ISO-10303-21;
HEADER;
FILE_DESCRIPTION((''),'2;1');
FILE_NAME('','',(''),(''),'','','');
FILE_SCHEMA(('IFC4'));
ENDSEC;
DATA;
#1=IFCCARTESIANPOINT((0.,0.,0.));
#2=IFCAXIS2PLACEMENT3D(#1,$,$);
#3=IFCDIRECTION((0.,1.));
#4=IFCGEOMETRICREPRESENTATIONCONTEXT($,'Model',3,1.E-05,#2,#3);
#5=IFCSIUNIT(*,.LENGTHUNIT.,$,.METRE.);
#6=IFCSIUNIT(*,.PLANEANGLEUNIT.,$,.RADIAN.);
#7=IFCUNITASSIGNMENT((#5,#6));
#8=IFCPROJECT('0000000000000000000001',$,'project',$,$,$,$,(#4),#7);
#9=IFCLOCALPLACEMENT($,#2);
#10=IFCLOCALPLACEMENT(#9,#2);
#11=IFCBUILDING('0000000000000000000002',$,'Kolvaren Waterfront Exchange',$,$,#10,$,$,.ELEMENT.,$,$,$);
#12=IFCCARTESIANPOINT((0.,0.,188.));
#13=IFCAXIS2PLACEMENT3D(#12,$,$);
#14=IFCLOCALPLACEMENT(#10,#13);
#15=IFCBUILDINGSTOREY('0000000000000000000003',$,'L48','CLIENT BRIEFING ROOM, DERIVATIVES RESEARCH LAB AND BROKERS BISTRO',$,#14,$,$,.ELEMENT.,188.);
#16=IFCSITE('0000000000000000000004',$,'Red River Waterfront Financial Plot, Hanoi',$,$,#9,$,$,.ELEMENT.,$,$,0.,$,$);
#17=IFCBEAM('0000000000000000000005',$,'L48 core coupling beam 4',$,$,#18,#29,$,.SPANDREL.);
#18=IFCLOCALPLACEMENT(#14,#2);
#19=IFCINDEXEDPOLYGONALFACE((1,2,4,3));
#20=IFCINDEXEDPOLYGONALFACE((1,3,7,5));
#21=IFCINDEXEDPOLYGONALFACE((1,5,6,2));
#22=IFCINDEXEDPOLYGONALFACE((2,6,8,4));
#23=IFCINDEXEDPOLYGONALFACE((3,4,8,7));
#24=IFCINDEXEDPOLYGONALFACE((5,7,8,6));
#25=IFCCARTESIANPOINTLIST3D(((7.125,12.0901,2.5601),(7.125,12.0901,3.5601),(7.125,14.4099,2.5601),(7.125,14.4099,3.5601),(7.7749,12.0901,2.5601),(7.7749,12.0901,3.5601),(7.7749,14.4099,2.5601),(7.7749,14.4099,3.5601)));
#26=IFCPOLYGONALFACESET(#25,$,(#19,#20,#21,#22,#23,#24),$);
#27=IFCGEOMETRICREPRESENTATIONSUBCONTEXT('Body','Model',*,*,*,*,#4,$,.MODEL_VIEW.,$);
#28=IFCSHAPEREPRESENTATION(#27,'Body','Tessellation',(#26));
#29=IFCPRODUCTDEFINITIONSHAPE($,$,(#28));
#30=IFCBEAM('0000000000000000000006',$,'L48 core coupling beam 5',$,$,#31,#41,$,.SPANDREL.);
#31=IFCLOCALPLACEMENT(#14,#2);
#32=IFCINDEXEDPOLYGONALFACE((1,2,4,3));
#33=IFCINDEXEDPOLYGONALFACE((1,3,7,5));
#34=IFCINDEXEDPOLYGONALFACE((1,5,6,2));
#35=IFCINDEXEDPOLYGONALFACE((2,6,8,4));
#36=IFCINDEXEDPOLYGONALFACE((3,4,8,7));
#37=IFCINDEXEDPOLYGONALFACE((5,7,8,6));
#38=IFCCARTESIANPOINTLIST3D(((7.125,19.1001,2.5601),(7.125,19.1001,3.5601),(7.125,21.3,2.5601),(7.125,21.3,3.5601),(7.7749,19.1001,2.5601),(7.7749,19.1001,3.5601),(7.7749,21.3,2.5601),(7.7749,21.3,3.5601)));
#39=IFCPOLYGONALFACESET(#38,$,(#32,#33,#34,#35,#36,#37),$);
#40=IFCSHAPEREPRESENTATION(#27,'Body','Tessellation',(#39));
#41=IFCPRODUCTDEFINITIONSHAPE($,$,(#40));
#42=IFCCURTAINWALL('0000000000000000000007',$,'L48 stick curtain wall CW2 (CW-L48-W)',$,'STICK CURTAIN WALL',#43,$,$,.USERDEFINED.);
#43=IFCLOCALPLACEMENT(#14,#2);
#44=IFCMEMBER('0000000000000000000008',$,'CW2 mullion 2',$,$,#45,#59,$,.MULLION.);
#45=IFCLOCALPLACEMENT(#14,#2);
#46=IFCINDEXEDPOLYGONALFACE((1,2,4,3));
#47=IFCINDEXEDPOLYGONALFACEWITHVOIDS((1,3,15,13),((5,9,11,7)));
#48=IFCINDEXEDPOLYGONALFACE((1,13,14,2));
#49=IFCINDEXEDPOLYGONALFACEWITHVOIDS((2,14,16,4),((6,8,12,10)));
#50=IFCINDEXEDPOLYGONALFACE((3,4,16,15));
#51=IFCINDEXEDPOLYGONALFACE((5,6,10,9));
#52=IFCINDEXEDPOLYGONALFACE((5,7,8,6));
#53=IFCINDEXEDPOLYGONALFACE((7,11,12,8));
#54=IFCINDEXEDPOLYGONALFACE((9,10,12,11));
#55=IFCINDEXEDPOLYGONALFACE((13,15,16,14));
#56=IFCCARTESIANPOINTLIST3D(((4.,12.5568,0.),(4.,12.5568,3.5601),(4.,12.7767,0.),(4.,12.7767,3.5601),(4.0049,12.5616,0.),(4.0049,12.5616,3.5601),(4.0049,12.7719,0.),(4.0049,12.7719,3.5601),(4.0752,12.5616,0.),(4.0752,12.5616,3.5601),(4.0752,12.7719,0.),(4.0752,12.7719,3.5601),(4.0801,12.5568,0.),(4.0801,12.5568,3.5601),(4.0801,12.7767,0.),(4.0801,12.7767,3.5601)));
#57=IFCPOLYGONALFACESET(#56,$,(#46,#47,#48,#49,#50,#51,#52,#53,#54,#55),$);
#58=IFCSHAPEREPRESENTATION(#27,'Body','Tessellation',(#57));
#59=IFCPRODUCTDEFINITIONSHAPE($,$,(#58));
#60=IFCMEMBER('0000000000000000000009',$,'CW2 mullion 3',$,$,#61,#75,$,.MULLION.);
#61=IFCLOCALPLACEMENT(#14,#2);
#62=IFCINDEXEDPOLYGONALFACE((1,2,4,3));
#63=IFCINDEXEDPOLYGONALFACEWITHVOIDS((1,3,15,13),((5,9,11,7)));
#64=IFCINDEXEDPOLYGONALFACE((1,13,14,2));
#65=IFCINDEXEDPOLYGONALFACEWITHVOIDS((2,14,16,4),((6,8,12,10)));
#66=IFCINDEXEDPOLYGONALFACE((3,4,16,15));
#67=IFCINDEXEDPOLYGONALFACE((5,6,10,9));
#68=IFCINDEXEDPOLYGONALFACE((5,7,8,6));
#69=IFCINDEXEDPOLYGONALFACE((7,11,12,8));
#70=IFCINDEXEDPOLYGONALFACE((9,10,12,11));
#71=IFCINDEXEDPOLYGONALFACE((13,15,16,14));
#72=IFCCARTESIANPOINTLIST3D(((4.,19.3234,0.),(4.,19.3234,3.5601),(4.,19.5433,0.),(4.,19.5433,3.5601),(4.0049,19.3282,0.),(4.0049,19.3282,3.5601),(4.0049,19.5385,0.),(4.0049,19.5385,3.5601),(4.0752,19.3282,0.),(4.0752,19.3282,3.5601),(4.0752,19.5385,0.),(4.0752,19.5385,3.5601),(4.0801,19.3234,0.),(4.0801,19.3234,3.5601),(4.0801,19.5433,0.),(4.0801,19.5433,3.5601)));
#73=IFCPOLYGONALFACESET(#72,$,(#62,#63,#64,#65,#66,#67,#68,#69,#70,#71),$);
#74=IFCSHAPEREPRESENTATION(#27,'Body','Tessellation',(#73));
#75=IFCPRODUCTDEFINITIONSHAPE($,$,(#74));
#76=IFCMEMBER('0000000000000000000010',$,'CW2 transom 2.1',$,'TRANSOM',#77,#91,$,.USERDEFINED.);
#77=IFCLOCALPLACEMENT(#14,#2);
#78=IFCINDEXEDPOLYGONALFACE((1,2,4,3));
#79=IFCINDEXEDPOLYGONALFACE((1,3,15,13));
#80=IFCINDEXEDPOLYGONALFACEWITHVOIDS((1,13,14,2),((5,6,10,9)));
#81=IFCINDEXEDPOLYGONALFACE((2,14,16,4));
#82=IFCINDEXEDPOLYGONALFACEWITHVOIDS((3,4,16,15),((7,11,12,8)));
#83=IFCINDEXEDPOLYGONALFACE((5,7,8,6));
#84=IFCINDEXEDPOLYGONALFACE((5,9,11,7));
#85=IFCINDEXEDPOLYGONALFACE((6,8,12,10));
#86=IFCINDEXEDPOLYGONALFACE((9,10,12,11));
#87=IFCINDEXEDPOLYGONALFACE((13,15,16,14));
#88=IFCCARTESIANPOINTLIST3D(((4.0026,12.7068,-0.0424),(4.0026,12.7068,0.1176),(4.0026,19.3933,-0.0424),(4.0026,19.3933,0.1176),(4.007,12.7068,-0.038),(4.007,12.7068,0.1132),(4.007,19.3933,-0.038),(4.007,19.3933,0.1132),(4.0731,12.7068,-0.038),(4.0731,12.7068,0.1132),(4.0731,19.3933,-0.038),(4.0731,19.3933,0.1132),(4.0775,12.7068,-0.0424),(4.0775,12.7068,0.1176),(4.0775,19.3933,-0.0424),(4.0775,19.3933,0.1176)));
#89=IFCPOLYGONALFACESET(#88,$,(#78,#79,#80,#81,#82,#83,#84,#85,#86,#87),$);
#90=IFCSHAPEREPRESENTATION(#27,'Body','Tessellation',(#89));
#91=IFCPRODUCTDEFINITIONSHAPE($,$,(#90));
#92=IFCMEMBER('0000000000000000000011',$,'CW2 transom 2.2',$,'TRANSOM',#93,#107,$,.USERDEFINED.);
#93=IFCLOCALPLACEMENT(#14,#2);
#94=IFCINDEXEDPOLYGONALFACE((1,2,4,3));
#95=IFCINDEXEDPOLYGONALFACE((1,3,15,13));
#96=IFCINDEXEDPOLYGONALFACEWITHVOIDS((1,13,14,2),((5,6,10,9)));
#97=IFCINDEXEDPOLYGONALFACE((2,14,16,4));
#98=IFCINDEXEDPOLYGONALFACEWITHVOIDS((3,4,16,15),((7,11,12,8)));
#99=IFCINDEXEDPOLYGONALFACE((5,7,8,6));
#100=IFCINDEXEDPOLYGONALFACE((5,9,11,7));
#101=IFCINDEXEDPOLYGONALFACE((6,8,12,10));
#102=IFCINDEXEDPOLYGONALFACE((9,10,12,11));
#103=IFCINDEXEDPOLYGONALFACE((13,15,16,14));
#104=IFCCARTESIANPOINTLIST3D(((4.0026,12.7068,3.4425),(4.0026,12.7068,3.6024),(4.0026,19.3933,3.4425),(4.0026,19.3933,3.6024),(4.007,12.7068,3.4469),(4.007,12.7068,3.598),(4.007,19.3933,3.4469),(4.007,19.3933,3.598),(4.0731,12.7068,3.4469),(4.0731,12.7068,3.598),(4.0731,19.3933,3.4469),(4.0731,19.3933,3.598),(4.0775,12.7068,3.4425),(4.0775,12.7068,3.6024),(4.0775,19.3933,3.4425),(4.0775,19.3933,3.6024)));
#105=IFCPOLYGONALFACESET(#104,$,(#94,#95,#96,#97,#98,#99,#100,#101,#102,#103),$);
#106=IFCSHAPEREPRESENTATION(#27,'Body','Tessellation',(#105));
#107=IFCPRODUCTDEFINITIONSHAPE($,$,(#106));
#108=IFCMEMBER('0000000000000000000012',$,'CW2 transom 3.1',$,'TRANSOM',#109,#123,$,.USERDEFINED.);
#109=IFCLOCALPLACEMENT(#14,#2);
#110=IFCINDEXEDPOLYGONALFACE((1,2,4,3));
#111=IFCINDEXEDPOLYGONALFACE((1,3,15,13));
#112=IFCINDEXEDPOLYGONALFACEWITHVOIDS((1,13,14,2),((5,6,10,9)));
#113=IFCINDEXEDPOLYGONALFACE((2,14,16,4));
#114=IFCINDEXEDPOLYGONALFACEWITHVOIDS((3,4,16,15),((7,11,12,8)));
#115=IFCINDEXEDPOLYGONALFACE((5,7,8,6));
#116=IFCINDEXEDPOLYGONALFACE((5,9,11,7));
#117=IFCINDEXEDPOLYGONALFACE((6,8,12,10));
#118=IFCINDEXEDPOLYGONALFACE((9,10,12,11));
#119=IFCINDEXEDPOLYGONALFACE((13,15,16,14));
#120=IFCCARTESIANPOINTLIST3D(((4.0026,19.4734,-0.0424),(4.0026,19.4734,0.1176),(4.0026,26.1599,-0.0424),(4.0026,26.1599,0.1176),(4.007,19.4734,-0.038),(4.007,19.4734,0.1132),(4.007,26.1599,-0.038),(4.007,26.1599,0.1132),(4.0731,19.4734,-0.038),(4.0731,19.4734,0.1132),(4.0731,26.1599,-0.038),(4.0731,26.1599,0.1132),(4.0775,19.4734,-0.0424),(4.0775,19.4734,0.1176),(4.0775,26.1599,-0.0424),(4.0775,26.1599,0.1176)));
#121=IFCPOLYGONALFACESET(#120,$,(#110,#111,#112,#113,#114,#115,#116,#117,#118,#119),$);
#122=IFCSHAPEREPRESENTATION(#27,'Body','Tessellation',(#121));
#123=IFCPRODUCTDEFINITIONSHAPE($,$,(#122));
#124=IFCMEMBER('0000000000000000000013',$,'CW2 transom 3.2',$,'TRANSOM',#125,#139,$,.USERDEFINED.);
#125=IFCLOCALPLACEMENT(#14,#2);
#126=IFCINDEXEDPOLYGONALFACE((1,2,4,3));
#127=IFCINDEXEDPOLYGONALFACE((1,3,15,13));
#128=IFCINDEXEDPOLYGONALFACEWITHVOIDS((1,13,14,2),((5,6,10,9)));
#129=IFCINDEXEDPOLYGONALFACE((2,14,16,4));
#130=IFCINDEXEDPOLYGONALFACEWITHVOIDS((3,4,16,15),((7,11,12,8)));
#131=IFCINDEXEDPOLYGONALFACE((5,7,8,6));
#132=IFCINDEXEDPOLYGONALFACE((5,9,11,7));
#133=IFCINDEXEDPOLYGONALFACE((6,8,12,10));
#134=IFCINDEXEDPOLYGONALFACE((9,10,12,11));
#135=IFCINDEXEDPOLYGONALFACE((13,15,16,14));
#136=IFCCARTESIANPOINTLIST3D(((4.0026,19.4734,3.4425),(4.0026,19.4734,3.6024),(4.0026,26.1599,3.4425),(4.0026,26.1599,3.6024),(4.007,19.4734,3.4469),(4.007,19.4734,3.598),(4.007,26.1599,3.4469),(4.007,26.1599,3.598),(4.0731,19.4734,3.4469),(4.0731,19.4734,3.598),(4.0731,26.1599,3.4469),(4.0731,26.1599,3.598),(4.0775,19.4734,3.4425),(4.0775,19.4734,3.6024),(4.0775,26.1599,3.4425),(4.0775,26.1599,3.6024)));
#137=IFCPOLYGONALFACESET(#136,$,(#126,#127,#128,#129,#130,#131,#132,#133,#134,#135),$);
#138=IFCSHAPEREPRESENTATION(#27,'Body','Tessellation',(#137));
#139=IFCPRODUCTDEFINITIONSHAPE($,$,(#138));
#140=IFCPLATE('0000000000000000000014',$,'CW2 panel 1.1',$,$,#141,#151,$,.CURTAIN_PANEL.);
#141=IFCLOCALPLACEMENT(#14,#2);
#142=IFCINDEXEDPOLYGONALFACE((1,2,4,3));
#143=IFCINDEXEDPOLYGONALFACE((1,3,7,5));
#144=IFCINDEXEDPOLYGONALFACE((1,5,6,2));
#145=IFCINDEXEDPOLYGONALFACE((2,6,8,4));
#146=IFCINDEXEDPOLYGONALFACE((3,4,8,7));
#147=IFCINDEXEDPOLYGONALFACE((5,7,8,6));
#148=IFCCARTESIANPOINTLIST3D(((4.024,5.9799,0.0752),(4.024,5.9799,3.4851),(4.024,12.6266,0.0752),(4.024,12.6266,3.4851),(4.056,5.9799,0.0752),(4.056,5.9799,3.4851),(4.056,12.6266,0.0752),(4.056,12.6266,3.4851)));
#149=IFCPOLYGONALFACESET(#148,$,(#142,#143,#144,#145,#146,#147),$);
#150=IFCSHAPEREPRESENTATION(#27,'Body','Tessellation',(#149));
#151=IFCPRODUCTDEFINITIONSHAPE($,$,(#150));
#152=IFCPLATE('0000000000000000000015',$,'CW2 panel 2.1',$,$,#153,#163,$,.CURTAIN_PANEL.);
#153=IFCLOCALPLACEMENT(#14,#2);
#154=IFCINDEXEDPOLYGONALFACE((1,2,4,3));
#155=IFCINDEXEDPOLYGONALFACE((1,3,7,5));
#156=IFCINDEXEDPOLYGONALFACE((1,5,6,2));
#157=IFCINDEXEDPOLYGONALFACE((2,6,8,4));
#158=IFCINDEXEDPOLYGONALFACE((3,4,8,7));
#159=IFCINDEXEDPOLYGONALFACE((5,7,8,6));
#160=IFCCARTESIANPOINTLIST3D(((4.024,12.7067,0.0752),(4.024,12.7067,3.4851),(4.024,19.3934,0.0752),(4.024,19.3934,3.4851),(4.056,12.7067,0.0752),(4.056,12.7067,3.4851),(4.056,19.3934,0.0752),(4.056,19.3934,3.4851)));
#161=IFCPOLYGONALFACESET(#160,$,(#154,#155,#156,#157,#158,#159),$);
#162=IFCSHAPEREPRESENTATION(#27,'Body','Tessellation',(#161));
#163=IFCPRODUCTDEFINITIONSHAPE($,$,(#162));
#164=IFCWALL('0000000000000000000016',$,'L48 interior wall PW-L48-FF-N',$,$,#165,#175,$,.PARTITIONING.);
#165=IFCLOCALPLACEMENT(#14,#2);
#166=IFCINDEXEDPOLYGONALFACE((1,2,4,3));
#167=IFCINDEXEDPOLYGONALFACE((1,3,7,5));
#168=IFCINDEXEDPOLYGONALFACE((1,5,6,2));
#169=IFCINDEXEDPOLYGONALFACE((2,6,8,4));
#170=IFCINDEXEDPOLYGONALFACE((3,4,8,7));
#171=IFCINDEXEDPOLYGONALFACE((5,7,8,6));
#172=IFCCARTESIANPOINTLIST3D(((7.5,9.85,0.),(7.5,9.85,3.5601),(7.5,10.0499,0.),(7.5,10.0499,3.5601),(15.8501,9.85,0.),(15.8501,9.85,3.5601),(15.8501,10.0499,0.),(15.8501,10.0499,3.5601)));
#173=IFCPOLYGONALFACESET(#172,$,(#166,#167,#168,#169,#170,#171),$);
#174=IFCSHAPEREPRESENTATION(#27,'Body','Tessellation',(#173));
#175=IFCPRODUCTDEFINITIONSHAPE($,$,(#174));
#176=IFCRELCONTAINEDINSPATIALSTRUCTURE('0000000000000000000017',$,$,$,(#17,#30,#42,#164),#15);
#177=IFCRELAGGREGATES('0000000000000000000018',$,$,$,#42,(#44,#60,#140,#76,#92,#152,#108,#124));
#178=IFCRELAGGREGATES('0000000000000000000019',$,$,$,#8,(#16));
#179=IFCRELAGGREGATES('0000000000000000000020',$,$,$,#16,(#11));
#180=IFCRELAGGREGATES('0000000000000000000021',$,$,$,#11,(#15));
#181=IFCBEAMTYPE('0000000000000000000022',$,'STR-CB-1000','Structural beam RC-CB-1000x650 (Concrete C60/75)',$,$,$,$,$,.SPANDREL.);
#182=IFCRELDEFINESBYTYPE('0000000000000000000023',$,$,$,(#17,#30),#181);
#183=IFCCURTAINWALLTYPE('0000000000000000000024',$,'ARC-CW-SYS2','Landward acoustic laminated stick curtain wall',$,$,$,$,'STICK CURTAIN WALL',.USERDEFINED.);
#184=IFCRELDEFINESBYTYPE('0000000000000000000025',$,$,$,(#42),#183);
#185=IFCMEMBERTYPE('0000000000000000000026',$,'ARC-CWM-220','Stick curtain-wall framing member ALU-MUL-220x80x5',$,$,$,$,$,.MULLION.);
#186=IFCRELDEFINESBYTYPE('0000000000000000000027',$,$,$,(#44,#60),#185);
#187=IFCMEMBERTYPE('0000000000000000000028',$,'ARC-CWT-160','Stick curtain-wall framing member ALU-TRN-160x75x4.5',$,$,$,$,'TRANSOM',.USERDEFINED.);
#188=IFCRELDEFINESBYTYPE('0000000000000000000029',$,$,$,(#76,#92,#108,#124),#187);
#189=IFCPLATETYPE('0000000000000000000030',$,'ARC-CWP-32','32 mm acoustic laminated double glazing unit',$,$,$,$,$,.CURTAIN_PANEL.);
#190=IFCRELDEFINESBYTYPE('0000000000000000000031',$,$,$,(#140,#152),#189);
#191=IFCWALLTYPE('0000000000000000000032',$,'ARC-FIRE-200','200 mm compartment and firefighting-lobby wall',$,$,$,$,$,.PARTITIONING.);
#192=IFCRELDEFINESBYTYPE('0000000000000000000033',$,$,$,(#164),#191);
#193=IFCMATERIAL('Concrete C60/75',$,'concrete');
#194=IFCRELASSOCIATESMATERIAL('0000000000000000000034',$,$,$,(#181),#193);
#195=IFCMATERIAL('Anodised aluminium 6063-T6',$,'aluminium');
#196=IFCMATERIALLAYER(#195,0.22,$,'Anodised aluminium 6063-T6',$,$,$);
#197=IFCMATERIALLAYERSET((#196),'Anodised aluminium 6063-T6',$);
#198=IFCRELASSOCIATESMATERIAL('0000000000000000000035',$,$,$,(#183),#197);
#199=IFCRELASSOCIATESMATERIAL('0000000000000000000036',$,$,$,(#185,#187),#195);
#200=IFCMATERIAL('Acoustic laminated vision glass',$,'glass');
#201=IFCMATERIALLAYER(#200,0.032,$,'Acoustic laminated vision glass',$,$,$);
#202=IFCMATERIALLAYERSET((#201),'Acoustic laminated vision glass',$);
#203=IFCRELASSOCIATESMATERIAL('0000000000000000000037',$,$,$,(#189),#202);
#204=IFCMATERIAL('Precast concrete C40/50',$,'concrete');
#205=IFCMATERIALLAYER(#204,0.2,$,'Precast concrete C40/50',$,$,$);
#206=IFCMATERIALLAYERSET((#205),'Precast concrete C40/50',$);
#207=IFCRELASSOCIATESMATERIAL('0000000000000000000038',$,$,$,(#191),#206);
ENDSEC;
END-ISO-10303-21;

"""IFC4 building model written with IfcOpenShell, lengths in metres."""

from ifc_helpers import new_model, si_unit, direction, frame, frame_2d, origin, origin_with_axes, origin_2d, place, context, subcontext, project, spatial, rectangle, hollow_rectangle, extrude, source, transform, mapped, material, layer, layer_set, material_profile, profile_set, type_object, element, aggregate, save


model = new_model("IFC4")

# Units and contexts
model_context = context("Model", 3, precision=1e-05, world=origin(), true_north=direction((0.0, 1.0)))
body_context = subcontext(model_context, "Body", "Model", "MODEL_VIEW")
ifc_project = project(units=[si_unit("LENGTHUNIT", "METRE"), si_unit("PLANEANGLEUNIT", "RADIAN")], contexts=[model_context])

# Site, building, storey
site_placement = place(None, origin())
site = spatial("IfcSite", under=ifc_project, at=site_placement, Name="Red River Waterfront Financial Plot, Hanoi", CompositionType="ELEMENT", RefElevation=0.0)
building_placement = place(site_placement, origin())
building = spatial("IfcBuilding", under=site, at=building_placement, Name="Kolvaren Waterfront Exchange", CompositionType="ELEMENT")
storey_placement = place(building_placement, frame((0.0, 0.0, 188.0)))
storey = spatial("IfcBuildingStorey", under=building, at=storey_placement, Name="L48", Description="CLIENT BRIEFING ROOM, DERIVATIVES RESEARCH LAB AND BROKERS BISTRO", CompositionType="ELEMENT", Elevation=188.0)

# Beams
ifc_material_1 = material(Name="Concrete C60/75", Category="concrete")
ifc_material_profile_1 = material_profile(ifc_material_1, rectangle(XDim=0.6499, YDim=1.0, at=origin_2d()), Name="RC-CB-1000x650")
ifc_profile_set_1 = profile_set([ifc_material_profile_1], Name="Concrete C60/75")
beam_type = type_object("IfcBeamType", Name="STR-CB-1000", Description="Structural beam RC-CB-1000x650 (Concrete C60/75)", PredefinedType="SPANDREL", material=ifc_profile_set_1)
beam_1_placement = place(storey_placement, frame((7.45, 12.0901, 3.0601), z_axis=(0.0, 1.0, 0.0), x_axis=(-1.0, 0.0, 0.0)))
element("IfcBeam", 1, at=beam_1_placement, inside=storey, type_object=beam_type, Name="L48 core coupling beam 4", PredefinedType="SPANDREL", context=body_context, shape_type="SweptSolid", body=[
    extrude(rectangle(XDim=0.6499, YDim=1.0, at=origin_2d()), origin(), (0.0, 0.0, 1.0), 2.3198),
])
beam_2_placement = place(storey_placement, frame((7.45, 19.1001, 3.0601), z_axis=(0.0, 1.0, 0.0), x_axis=(-1.0, 0.0, 0.0)))
element("IfcBeam", 2, at=beam_2_placement, inside=storey, type_object=beam_type, Name="L48 core coupling beam 5", PredefinedType="SPANDREL", context=body_context, shape_type="SweptSolid", body=[
    extrude(rectangle(XDim=0.6499, YDim=1.0, at=origin_2d()), origin(), (0.0, 0.0, 1.0), 2.2),
])

# Curtain wall, members, plates
ifc_material_2 = material(Name="Anodised aluminium 6063-T6", Category="aluminium")
ifc_layer_1 = layer(ifc_material_2, 0.22, Name="Anodised aluminium 6063-T6")
ifc_layer_set_1 = layer_set([ifc_layer_1], Name="Anodised aluminium 6063-T6")
curtain_wall_type = type_object("IfcCurtainWallType", Name="ARC-CW-SYS2", Description="Landward acoustic laminated stick curtain wall", ElementType="STICK CURTAIN WALL", PredefinedType="USERDEFINED", material=ifc_layer_set_1)
curtain_wall_placement = place(storey_placement, origin())
curtain_wall = element("IfcCurtainWall", 3, at=curtain_wall_placement, inside=storey, type_object=curtain_wall_type, Name="L48 stick curtain wall CW2 (CW-L48-W)", ObjectType="STICK CURTAIN WALL", PredefinedType="USERDEFINED")
ifc_material_profile_2 = material_profile(ifc_material_2, hollow_rectangle(XDim=0.0801, YDim=0.22, WallThickness=0.0049, at=origin_2d()), Name="ALU-MUL-220x80x5")
ifc_profile_set_2 = profile_set([ifc_material_profile_2], Name="Anodised aluminium 6063-T6")
member_type_1 = type_object("IfcMemberType", Name="ARC-CWM-220", Description="Stick curtain-wall framing member ALU-MUL-220x80x5", PredefinedType="MULLION", material=ifc_profile_set_2)
shared_shape_1 = source(origin_with_axes(), body_context, "Body", "SweptSolid", [
    extrude(hollow_rectangle(XDim=0.0801, YDim=0.22, WallThickness=0.0049, at=origin_2d()), origin(), (0.0, 0.0, 1.0), 3.5601),
])
member_1_placement = place(storey_placement, frame((4.04, 12.6667, 0.0), z_axis=(0.0, 0.0, 1.0), x_axis=(-1.0, 0.0, 0.0)))
member_1 = element("IfcMember", 4, at=member_1_placement, type_object=member_type_1, Name="CW2 mullion 2", PredefinedType="MULLION", context=body_context, shape_type="MappedRepresentation", body=[
    mapped(shared_shape_1, transform((0.0, 0.0, 0.0), x_axis=(1.0, 0.0, 0.0), y_axis=(0.0, 1.0, 0.0), z_axis=(0.0, 0.0, 1.0), scale=1.0)),
])
member_2_placement = place(storey_placement, frame((4.04, 19.4333, 0.0), z_axis=(0.0, 0.0, 1.0), x_axis=(-1.0, 0.0, 0.0)))
member_2 = element("IfcMember", 5, at=member_2_placement, type_object=member_type_1, Name="CW2 mullion 3", PredefinedType="MULLION", context=body_context, shape_type="MappedRepresentation", body=[
    mapped(shared_shape_1, transform((0.0, 0.0, 0.0), x_axis=(1.0, 0.0, 0.0), y_axis=(0.0, 1.0, 0.0), z_axis=(0.0, 0.0, 1.0), scale=1.0)),
])
ifc_material_profile_3 = material_profile(ifc_material_2, hollow_rectangle(XDim=0.075, YDim=0.1599, WallThickness=0.0044, at=origin_2d()), Name="ALU-TRN-160x75x4.5")
ifc_profile_set_3 = profile_set([ifc_material_profile_3], Name="Anodised aluminium 6063-T6")
member_type_2 = type_object("IfcMemberType", Name="ARC-CWT-160", Description="Stick curtain-wall framing member ALU-TRN-160x75x4.5", ElementType="TRANSOM", PredefinedType="USERDEFINED", material=ifc_profile_set_3)
shared_shape_2 = source(origin_with_axes(), body_context, "Body", "SweptSolid", [
    extrude(hollow_rectangle(XDim=0.075, YDim=0.1599, WallThickness=0.0044, at=origin_2d()), origin(), (0.0, 0.0, 1.0), 6.6865),
])
member_3_placement = place(storey_placement, frame((4.04, 12.7068, 0.0376), z_axis=(0.0, 1.0, 0.0), x_axis=(-1.0, 0.0, 0.0)))
member_3 = element("IfcMember", 6, at=member_3_placement, type_object=member_type_2, Name="CW2 transom 2.1", ObjectType="TRANSOM", PredefinedType="USERDEFINED", context=body_context, shape_type="MappedRepresentation", body=[
    mapped(shared_shape_2, transform((0.0, 0.0, 0.0), x_axis=(1.0, 0.0, 0.0), y_axis=(0.0, 1.0, 0.0), z_axis=(0.0, 0.0, 1.0), scale=1.0)),
])
member_4_placement = place(storey_placement, frame((4.04, 12.7068, 3.5225), z_axis=(0.0, 1.0, 0.0), x_axis=(-1.0, 0.0, 0.0)))
member_4 = element("IfcMember", 7, at=member_4_placement, type_object=member_type_2, Name="CW2 transom 2.2", ObjectType="TRANSOM", PredefinedType="USERDEFINED", context=body_context, shape_type="MappedRepresentation", body=[
    mapped(shared_shape_2, transform((0.0, 0.0, 0.0), x_axis=(1.0, 0.0, 0.0), y_axis=(0.0, 1.0, 0.0), z_axis=(0.0, 0.0, 1.0), scale=1.0)),
])
member_5_placement = place(storey_placement, frame((4.04, 19.4734, 0.0376), z_axis=(0.0, 1.0, 0.0), x_axis=(-1.0, 0.0, 0.0)))
member_5 = element("IfcMember", 8, at=member_5_placement, type_object=member_type_2, Name="CW2 transom 3.1", ObjectType="TRANSOM", PredefinedType="USERDEFINED", context=body_context, shape_type="MappedRepresentation", body=[
    mapped(shared_shape_2, transform((0.0, 0.0, 0.0), x_axis=(1.0, 0.0, 0.0), y_axis=(0.0, 1.0, 0.0), z_axis=(0.0, 0.0, 1.0), scale=1.0)),
])
member_6_placement = place(storey_placement, frame((4.04, 19.4734, 3.5225), z_axis=(0.0, 1.0, 0.0), x_axis=(-1.0, 0.0, 0.0)))
member_6 = element("IfcMember", 9, at=member_6_placement, type_object=member_type_2, Name="CW2 transom 3.2", ObjectType="TRANSOM", PredefinedType="USERDEFINED", context=body_context, shape_type="MappedRepresentation", body=[
    mapped(shared_shape_2, transform((0.0, 0.0, 0.0), x_axis=(1.0, 0.0, 0.0), y_axis=(0.0, 1.0, 0.0), z_axis=(0.0, 0.0, 1.0), scale=1.0)),
])
ifc_material_3 = material(Name="Acoustic laminated vision glass", Category="glass")
ifc_layer_2 = layer(ifc_material_3, 0.032, Name="Acoustic laminated vision glass")
ifc_layer_set_2 = layer_set([ifc_layer_2], Name="Acoustic laminated vision glass")
plate_type = type_object("IfcPlateType", Name="ARC-CWP-32", Description="32 mm acoustic laminated double glazing unit", PredefinedType="CURTAIN_PANEL", material=ifc_layer_set_2)
shared_shape_3 = source(origin_with_axes(), body_context, "Body", "SweptSolid", [
    extrude(rectangle(XDim=6.6467, YDim=0.032, at=origin_2d()), origin(), (0.0, 0.0, 1.0), 3.4099),
])
plate_1_placement = place(storey_placement, frame((4.04, 9.3032, 0.0752), z_axis=(0.0, 0.0, 1.0), x_axis=(0.0, 1.0, 0.0)))
plate_1 = element("IfcPlate", 10, at=plate_1_placement, type_object=plate_type, Name="CW2 panel 1.1", PredefinedType="CURTAIN_PANEL", context=body_context, shape_type="MappedRepresentation", body=[
    mapped(shared_shape_3, transform((0.0, 0.0, 0.0), x_axis=(1.0, 0.0, 0.0), y_axis=(0.0, 1.0, 0.0), z_axis=(0.0, 0.0, 1.0), scale=1.0)),
])
shared_shape_4 = source(origin_with_axes(), body_context, "Body", "SweptSolid", [
    extrude(rectangle(XDim=6.6868, YDim=0.032, at=origin_2d()), origin(), (0.0, 0.0, 1.0), 3.4099),
])
plate_2_placement = place(storey_placement, frame((4.04, 16.05, 0.0752), z_axis=(0.0, 0.0, 1.0), x_axis=(0.0, 1.0, 0.0)))
plate_2 = element("IfcPlate", 11, at=plate_2_placement, type_object=plate_type, Name="CW2 panel 2.1", PredefinedType="CURTAIN_PANEL", context=body_context, shape_type="MappedRepresentation", body=[
    mapped(shared_shape_4, transform((0.0, 0.0, 0.0), x_axis=(1.0, 0.0, 0.0), y_axis=(0.0, 1.0, 0.0), z_axis=(0.0, 0.0, 1.0), scale=1.0)),
])
aggregate(curtain_wall, [member_1, member_2, plate_1, member_3, member_4, plate_2, member_5, member_6])

# Wall
ifc_material_4 = material(Name="Precast concrete C40/50", Category="concrete")
ifc_layer_3 = layer(ifc_material_4, 0.2, Name="Precast concrete C40/50")
ifc_layer_set_3 = layer_set([ifc_layer_3], Name="Precast concrete C40/50")
wall_type_1 = type_object("IfcWallType", Name="ARC-FIRE-200", Description="200 mm compartment and firefighting-lobby wall", PredefinedType="PARTITIONING", material=ifc_layer_set_3)
wall_1_placement = place(storey_placement, frame((7.5, 9.95, 0.0), z_axis=(0.0, 0.0, 1.0), x_axis=(1.0, 0.0, 0.0)))
element("IfcWall", 12, at=wall_1_placement, inside=storey, type_object=wall_type_1, Name="L48 interior wall PW-L48-FF-N", PredefinedType="PARTITIONING", context=body_context, shape_type="SweptSolid", body=[
    extrude(rectangle(XDim=8.3501, YDim=0.2, at=frame_2d((4.175, 0.0))), origin(), (0.0, 0.0, 1.0), 3.5601),
])

save(model, "model.ifc")
